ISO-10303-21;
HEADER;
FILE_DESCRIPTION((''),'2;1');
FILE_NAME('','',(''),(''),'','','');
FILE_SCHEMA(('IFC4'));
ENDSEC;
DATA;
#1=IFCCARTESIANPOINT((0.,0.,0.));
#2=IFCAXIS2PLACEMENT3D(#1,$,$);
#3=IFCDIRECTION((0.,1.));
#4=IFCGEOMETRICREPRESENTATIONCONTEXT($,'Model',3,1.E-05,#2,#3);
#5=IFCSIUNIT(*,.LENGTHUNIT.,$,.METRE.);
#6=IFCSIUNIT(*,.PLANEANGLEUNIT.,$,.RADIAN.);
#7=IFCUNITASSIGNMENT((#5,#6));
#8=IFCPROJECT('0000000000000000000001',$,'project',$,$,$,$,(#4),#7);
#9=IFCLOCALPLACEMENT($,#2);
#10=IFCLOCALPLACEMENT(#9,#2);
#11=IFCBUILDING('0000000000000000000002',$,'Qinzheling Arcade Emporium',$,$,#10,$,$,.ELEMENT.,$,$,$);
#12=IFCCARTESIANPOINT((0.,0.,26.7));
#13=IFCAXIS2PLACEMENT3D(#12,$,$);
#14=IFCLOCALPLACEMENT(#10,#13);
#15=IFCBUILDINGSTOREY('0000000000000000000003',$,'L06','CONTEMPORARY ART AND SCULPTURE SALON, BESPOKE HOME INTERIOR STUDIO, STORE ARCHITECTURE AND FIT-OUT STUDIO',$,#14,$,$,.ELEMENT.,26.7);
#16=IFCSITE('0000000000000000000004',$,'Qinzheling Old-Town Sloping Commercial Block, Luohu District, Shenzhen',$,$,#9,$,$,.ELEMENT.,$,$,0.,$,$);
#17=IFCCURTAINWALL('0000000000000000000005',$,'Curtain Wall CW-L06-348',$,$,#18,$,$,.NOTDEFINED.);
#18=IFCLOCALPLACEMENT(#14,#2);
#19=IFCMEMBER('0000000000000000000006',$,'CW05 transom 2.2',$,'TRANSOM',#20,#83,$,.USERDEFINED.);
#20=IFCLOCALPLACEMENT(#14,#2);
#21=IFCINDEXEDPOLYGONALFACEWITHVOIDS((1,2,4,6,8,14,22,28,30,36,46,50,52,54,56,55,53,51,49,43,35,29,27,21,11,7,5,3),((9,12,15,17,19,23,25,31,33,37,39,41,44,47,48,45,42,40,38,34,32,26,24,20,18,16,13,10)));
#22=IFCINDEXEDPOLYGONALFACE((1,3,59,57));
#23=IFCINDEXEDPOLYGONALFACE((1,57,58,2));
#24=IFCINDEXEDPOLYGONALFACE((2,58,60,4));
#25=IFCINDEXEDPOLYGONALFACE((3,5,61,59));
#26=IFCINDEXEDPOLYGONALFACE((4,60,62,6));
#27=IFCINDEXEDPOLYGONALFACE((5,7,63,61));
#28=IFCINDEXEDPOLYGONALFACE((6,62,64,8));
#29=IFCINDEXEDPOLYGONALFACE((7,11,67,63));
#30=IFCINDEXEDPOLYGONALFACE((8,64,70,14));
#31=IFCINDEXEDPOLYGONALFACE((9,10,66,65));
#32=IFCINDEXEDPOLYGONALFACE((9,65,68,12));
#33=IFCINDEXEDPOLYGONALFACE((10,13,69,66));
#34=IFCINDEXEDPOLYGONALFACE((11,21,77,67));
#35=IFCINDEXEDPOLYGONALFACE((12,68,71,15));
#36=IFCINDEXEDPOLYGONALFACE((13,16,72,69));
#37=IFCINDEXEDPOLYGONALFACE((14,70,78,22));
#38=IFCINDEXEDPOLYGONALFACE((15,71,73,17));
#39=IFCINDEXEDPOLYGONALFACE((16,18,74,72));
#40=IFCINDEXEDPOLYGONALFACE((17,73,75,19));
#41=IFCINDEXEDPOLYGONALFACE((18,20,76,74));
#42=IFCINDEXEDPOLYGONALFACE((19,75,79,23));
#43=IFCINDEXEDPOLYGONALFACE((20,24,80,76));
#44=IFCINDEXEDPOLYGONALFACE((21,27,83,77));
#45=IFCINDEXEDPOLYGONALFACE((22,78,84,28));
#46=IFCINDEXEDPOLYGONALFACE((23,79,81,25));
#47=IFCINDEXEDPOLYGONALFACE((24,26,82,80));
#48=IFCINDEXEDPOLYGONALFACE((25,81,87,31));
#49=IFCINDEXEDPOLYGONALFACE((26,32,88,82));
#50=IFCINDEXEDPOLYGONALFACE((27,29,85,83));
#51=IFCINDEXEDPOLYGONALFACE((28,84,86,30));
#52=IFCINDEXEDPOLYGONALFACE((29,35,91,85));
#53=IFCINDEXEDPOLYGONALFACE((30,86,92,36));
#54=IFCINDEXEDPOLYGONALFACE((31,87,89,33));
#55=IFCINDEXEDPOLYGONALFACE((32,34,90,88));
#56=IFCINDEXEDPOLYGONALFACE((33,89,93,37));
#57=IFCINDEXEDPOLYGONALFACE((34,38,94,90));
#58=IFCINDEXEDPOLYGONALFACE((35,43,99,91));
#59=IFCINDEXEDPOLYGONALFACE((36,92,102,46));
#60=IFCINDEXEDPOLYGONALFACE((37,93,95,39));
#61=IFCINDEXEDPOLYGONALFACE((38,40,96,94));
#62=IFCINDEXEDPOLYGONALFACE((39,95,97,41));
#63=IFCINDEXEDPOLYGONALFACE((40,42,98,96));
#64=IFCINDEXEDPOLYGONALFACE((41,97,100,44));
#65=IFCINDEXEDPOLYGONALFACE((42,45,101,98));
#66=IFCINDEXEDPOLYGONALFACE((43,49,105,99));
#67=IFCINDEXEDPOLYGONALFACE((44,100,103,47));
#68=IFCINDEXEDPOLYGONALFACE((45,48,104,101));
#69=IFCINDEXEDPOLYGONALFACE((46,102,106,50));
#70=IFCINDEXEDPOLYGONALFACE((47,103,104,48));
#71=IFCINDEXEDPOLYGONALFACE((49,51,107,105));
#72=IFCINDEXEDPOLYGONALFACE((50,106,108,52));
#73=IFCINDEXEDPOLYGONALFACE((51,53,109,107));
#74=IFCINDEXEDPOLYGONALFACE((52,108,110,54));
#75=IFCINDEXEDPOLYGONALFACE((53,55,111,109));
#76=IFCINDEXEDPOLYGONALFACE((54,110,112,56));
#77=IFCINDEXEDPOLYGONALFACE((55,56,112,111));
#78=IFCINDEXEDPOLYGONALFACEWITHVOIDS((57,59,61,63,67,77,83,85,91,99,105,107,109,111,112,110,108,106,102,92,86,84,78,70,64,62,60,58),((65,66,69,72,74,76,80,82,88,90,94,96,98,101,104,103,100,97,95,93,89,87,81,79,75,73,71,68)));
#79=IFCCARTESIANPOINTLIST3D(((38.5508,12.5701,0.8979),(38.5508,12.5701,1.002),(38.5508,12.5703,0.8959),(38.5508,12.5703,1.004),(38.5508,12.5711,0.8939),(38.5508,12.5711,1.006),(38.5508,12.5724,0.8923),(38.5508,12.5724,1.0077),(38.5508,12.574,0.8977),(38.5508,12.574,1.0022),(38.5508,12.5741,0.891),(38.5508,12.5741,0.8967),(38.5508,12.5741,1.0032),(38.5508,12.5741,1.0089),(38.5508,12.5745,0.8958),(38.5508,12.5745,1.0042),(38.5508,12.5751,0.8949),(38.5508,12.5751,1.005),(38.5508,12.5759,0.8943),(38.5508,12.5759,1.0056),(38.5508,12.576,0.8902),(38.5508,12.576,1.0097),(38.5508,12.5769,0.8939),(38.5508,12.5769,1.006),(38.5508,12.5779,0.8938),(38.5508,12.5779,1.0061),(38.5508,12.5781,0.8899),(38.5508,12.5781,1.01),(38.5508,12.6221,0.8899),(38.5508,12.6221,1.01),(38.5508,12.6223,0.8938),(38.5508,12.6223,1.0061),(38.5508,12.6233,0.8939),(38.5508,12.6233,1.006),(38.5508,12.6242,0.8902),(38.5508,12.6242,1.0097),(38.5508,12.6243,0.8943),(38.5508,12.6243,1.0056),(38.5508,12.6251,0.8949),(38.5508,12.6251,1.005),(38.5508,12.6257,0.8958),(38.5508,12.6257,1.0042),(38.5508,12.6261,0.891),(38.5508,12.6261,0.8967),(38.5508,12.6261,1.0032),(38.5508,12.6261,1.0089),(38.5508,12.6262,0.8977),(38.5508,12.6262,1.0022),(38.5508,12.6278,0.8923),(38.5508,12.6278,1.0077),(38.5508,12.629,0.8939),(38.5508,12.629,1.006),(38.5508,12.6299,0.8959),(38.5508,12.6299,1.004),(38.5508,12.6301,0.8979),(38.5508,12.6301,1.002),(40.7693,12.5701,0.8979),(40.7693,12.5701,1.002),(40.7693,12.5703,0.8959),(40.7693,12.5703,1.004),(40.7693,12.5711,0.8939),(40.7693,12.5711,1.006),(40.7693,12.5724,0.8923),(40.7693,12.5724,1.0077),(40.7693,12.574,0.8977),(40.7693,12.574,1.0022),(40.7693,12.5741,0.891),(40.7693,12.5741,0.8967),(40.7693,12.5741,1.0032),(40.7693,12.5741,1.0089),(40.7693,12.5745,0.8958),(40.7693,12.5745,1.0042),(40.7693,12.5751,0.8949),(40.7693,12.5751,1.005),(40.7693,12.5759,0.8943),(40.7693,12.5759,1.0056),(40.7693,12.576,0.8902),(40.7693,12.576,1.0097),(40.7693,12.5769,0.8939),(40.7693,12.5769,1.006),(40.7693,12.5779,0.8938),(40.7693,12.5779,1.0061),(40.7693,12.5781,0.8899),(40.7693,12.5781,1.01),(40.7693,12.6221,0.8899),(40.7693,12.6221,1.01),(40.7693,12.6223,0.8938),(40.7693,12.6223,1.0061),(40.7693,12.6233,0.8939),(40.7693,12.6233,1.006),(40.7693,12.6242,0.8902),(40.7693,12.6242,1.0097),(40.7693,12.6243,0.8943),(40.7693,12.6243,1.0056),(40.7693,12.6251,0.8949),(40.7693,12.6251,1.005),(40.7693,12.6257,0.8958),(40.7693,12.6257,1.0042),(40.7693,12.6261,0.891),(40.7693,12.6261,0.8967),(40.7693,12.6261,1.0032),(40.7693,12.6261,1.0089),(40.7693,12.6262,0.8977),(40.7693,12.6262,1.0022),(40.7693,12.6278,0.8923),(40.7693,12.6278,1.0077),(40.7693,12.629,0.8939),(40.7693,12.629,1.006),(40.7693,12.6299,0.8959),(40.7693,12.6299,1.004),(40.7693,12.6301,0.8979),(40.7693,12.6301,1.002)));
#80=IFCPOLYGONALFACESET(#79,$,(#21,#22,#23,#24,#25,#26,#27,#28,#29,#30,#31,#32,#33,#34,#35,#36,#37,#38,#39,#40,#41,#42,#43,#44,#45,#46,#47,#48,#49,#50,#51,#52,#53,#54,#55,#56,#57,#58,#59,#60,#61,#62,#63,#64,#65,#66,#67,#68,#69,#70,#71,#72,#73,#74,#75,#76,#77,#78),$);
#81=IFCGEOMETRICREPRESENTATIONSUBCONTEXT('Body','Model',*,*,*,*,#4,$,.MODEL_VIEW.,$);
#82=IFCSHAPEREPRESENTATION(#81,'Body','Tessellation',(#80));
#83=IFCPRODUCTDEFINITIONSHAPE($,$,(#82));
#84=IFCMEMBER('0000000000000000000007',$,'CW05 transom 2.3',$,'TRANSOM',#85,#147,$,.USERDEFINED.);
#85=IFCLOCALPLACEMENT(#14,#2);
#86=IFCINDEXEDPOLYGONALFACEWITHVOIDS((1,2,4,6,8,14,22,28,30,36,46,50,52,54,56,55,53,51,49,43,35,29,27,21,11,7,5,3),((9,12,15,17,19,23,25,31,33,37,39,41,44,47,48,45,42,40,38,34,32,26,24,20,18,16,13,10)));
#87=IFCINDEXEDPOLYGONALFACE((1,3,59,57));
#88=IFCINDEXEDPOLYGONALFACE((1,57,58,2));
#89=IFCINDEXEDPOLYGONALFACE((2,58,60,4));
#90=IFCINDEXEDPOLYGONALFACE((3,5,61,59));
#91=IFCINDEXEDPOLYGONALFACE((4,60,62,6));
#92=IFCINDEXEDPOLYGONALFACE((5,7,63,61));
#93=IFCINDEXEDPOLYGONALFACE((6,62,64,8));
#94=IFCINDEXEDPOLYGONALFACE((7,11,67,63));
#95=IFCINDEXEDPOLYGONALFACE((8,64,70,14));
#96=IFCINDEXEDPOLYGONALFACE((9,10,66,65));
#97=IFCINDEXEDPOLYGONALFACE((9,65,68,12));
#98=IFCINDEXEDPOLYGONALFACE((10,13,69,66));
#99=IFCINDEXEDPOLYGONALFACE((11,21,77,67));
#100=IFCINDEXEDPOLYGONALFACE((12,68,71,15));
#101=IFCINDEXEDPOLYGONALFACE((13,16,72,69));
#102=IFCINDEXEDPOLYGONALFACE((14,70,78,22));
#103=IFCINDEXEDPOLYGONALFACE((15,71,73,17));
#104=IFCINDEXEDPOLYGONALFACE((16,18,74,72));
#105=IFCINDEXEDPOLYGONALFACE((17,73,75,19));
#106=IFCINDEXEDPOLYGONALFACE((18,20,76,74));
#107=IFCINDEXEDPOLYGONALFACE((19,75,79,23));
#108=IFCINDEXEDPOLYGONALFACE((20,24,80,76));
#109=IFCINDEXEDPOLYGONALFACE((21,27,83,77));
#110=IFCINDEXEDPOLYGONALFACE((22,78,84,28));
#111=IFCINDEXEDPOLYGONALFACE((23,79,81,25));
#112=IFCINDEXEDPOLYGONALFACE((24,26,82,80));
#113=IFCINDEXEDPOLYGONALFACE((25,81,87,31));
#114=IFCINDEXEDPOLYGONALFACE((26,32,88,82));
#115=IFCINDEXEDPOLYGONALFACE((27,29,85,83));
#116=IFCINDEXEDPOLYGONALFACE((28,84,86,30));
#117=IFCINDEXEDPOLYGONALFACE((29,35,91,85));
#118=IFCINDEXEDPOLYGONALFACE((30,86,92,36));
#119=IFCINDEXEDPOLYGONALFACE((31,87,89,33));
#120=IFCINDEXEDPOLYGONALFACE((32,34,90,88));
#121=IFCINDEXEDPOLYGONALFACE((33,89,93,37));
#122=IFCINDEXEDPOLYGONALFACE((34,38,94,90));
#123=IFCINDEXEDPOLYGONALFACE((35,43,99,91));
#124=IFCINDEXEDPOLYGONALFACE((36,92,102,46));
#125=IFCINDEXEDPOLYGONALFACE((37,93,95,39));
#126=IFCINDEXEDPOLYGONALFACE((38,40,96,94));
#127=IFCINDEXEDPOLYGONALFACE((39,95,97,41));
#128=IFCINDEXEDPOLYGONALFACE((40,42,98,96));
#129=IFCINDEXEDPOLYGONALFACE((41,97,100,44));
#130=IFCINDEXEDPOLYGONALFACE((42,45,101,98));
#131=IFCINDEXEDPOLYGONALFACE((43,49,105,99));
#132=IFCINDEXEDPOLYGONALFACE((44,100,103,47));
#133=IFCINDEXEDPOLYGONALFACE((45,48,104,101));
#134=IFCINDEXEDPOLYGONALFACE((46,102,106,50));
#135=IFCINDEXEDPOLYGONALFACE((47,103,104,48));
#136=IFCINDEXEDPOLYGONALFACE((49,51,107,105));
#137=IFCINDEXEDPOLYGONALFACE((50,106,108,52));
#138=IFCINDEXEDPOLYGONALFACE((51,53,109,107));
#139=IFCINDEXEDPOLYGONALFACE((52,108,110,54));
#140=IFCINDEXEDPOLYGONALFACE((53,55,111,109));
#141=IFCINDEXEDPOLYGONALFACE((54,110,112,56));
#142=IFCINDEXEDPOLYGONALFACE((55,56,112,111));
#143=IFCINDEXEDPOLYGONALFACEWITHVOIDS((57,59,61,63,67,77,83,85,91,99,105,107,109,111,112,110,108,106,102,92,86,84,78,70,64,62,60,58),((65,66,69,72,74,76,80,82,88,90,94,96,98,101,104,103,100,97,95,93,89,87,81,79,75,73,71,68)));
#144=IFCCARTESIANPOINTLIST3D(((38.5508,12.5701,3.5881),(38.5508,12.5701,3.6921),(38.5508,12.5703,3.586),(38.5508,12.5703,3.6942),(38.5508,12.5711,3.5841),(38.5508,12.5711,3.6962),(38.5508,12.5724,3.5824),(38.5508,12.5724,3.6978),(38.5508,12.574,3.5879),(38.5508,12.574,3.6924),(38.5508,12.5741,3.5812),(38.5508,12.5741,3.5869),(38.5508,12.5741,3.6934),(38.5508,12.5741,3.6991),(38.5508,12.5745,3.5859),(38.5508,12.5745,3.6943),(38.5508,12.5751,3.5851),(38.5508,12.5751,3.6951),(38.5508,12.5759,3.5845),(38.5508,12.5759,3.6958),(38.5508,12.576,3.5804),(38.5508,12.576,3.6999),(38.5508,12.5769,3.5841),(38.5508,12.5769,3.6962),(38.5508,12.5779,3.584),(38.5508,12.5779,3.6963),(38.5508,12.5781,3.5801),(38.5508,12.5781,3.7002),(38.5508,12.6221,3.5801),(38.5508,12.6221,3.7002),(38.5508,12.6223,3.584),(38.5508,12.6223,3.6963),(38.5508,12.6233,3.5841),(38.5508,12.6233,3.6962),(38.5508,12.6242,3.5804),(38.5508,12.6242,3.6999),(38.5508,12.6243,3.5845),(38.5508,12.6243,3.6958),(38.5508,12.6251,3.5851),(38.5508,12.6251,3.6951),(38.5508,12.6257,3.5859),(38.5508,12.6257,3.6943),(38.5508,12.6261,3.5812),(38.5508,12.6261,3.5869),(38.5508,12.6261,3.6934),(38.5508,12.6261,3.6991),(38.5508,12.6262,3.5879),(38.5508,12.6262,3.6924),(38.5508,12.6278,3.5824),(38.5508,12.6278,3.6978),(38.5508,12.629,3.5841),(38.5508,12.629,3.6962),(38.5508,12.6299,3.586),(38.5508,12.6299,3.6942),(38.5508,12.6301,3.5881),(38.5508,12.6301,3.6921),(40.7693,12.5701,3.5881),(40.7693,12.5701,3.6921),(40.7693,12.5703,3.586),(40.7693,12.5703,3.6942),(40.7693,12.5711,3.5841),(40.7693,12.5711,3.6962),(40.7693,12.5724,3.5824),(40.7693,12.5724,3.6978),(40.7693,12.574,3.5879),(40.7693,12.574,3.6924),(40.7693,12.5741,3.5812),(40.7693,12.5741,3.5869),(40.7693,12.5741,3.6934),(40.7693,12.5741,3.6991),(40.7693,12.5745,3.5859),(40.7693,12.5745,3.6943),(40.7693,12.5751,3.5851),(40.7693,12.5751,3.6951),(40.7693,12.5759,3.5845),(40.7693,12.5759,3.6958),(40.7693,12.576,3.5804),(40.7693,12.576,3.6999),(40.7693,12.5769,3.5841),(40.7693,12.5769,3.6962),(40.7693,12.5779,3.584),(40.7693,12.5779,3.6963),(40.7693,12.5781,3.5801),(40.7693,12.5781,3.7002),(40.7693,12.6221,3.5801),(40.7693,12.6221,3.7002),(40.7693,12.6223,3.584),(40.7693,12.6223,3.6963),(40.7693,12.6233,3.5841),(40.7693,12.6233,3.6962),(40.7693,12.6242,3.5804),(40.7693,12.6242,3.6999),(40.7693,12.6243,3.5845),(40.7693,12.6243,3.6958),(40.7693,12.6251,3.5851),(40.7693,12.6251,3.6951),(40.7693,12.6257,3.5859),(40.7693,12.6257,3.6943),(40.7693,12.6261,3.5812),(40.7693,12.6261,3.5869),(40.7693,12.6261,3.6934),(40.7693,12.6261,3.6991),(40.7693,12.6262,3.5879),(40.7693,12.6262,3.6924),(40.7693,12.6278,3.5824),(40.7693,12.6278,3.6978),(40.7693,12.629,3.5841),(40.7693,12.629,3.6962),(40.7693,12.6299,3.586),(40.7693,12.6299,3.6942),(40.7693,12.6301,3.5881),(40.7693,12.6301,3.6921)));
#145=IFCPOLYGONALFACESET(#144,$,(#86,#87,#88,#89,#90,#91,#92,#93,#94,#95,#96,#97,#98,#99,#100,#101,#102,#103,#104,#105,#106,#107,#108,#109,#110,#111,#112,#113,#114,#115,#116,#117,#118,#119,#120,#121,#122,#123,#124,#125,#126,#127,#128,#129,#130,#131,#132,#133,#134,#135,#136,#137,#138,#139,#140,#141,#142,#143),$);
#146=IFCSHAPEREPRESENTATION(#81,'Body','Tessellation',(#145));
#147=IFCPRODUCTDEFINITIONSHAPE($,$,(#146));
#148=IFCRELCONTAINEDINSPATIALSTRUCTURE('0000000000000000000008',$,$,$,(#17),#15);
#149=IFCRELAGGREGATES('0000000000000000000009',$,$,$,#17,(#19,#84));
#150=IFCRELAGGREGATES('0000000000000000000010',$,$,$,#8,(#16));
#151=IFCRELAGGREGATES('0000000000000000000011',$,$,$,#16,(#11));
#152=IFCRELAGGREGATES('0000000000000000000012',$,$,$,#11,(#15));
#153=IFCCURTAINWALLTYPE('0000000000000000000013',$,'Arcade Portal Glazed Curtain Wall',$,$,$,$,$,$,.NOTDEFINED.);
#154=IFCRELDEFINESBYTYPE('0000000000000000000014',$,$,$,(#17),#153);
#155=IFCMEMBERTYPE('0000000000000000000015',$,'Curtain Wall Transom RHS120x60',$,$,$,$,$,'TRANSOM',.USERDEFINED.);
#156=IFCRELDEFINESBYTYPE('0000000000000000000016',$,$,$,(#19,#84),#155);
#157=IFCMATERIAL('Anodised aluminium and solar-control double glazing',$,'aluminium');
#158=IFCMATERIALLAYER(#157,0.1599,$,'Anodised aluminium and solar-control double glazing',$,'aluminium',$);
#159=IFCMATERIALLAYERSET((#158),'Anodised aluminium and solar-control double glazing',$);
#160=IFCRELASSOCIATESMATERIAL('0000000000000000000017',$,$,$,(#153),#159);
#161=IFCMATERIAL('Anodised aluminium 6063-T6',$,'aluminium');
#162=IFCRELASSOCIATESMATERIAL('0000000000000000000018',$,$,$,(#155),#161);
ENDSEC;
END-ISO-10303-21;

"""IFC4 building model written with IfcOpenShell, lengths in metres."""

from ifc_helpers import new_model, si_unit, direction, frame, origin, origin_2d, place, context, subcontext, project, spatial, hollow_rectangle, extrude, material, layer, layer_set, material_profile, profile_set, type_object, element, aggregate, save


model = new_model("IFC4")

# Units and contexts
model_context = context("Model", 3, precision=1e-05, world=origin(), true_north=direction((0.0, 1.0)))
body_context = subcontext(model_context, "Body", "Model", "MODEL_VIEW")
ifc_project = project(units=[si_unit("LENGTHUNIT", "METRE"), si_unit("PLANEANGLEUNIT", "RADIAN")], contexts=[model_context])

# Site, building, storey
site_placement = place(None, origin())
site = spatial("IfcSite", under=ifc_project, at=site_placement, Name="Qinzheling Old-Town Sloping Commercial Block, Luohu District, Shenzhen", CompositionType="ELEMENT", RefElevation=0.0)
building_placement = place(site_placement, origin())
building = spatial("IfcBuilding", under=site, at=building_placement, Name="Qinzheling Arcade Emporium", CompositionType="ELEMENT")
storey_placement = place(building_placement, frame((0.0, 0.0, 26.7)))
storey = spatial("IfcBuildingStorey", under=building, at=storey_placement, Name="L06", Description="CONTEMPORARY ART AND SCULPTURE SALON, BESPOKE HOME INTERIOR STUDIO, STORE ARCHITECTURE AND FIT-OUT STUDIO", CompositionType="ELEMENT", Elevation=26.7)

# Shared definitions
ifc_material_1 = material(Name="Anodised aluminium and solar-control double glazing", Category="aluminium")
ifc_layer_1 = layer(ifc_material_1, 0.1599, Name="Anodised aluminium and solar-control double glazing", Category="aluminium")
ifc_layer_set_1 = layer_set([ifc_layer_1], Name="Anodised aluminium and solar-control double glazing")
curtain_wall_type = type_object("IfcCurtainWallType", Name="Arcade Portal Glazed Curtain Wall", PredefinedType="NOTDEFINED", material=ifc_layer_set_1)
ifc_material_2 = material(Name="Anodised aluminium 6063-T6", Category="aluminium")

# Curtain wall, members
curtain_wall_1_placement = place(storey_placement, origin())
curtain_wall_1 = element("IfcCurtainWall", 1, at=curtain_wall_1_placement, inside=storey, type_object=curtain_wall_type, Name="Curtain Wall CW-L06-348", PredefinedType="NOTDEFINED")
ifc_material_profile_1 = material_profile(ifc_material_2, hollow_rectangle(XDim=0.0601, YDim=0.1201, WallThickness=0.0039, InnerFilletRadius=0.0039, OuterFilletRadius=0.0081, at=origin_2d()), Name="RHS 120x60x4", Category="aluminium")
ifc_profile_set_1 = profile_set([ifc_material_profile_1], Name="Anodised aluminium 6063-T6")
member_type_1 = type_object("IfcMemberType", Name="Curtain Wall Transom RHS120x60", ElementType="TRANSOM", PredefinedType="USERDEFINED", material=ifc_profile_set_1)
member_1_placement = place(storey_placement, frame((40.7693, 12.6001, 0.95), z_axis=(-1.0, 0.0, 0.0), x_axis=(0.0, -1.0, 0.0)))
member_1 = element("IfcMember", 2, at=member_1_placement, type_object=member_type_1, Name="CW05 transom 2.2", ObjectType="TRANSOM", PredefinedType="USERDEFINED", context=body_context, shape_type="SweptSolid", body=[
    extrude(hollow_rectangle(XDim=0.0601, YDim=0.1201, WallThickness=0.0039, InnerFilletRadius=0.0039, OuterFilletRadius=0.0081, at=origin_2d()), origin(), (0.0, 0.0, 1.0), 2.2185),
])
member_2_placement = place(storey_placement, frame((40.7693, 12.6001, 3.6401), z_axis=(-1.0, 0.0, 0.0), x_axis=(0.0, -1.0, 0.0)))
member_2 = element("IfcMember", 3, at=member_2_placement, type_object=member_type_1, Name="CW05 transom 2.3", ObjectType="TRANSOM", PredefinedType="USERDEFINED", context=body_context, shape_type="SweptSolid", body=[
    extrude(hollow_rectangle(XDim=0.0601, YDim=0.1201, WallThickness=0.0039, InnerFilletRadius=0.0039, OuterFilletRadius=0.0081, at=origin_2d()), origin(), (0.0, 0.0, 1.0), 2.2185),
])

aggregate(curtain_wall_1, [member_1, member_2])

save(model, "model.ifc")
